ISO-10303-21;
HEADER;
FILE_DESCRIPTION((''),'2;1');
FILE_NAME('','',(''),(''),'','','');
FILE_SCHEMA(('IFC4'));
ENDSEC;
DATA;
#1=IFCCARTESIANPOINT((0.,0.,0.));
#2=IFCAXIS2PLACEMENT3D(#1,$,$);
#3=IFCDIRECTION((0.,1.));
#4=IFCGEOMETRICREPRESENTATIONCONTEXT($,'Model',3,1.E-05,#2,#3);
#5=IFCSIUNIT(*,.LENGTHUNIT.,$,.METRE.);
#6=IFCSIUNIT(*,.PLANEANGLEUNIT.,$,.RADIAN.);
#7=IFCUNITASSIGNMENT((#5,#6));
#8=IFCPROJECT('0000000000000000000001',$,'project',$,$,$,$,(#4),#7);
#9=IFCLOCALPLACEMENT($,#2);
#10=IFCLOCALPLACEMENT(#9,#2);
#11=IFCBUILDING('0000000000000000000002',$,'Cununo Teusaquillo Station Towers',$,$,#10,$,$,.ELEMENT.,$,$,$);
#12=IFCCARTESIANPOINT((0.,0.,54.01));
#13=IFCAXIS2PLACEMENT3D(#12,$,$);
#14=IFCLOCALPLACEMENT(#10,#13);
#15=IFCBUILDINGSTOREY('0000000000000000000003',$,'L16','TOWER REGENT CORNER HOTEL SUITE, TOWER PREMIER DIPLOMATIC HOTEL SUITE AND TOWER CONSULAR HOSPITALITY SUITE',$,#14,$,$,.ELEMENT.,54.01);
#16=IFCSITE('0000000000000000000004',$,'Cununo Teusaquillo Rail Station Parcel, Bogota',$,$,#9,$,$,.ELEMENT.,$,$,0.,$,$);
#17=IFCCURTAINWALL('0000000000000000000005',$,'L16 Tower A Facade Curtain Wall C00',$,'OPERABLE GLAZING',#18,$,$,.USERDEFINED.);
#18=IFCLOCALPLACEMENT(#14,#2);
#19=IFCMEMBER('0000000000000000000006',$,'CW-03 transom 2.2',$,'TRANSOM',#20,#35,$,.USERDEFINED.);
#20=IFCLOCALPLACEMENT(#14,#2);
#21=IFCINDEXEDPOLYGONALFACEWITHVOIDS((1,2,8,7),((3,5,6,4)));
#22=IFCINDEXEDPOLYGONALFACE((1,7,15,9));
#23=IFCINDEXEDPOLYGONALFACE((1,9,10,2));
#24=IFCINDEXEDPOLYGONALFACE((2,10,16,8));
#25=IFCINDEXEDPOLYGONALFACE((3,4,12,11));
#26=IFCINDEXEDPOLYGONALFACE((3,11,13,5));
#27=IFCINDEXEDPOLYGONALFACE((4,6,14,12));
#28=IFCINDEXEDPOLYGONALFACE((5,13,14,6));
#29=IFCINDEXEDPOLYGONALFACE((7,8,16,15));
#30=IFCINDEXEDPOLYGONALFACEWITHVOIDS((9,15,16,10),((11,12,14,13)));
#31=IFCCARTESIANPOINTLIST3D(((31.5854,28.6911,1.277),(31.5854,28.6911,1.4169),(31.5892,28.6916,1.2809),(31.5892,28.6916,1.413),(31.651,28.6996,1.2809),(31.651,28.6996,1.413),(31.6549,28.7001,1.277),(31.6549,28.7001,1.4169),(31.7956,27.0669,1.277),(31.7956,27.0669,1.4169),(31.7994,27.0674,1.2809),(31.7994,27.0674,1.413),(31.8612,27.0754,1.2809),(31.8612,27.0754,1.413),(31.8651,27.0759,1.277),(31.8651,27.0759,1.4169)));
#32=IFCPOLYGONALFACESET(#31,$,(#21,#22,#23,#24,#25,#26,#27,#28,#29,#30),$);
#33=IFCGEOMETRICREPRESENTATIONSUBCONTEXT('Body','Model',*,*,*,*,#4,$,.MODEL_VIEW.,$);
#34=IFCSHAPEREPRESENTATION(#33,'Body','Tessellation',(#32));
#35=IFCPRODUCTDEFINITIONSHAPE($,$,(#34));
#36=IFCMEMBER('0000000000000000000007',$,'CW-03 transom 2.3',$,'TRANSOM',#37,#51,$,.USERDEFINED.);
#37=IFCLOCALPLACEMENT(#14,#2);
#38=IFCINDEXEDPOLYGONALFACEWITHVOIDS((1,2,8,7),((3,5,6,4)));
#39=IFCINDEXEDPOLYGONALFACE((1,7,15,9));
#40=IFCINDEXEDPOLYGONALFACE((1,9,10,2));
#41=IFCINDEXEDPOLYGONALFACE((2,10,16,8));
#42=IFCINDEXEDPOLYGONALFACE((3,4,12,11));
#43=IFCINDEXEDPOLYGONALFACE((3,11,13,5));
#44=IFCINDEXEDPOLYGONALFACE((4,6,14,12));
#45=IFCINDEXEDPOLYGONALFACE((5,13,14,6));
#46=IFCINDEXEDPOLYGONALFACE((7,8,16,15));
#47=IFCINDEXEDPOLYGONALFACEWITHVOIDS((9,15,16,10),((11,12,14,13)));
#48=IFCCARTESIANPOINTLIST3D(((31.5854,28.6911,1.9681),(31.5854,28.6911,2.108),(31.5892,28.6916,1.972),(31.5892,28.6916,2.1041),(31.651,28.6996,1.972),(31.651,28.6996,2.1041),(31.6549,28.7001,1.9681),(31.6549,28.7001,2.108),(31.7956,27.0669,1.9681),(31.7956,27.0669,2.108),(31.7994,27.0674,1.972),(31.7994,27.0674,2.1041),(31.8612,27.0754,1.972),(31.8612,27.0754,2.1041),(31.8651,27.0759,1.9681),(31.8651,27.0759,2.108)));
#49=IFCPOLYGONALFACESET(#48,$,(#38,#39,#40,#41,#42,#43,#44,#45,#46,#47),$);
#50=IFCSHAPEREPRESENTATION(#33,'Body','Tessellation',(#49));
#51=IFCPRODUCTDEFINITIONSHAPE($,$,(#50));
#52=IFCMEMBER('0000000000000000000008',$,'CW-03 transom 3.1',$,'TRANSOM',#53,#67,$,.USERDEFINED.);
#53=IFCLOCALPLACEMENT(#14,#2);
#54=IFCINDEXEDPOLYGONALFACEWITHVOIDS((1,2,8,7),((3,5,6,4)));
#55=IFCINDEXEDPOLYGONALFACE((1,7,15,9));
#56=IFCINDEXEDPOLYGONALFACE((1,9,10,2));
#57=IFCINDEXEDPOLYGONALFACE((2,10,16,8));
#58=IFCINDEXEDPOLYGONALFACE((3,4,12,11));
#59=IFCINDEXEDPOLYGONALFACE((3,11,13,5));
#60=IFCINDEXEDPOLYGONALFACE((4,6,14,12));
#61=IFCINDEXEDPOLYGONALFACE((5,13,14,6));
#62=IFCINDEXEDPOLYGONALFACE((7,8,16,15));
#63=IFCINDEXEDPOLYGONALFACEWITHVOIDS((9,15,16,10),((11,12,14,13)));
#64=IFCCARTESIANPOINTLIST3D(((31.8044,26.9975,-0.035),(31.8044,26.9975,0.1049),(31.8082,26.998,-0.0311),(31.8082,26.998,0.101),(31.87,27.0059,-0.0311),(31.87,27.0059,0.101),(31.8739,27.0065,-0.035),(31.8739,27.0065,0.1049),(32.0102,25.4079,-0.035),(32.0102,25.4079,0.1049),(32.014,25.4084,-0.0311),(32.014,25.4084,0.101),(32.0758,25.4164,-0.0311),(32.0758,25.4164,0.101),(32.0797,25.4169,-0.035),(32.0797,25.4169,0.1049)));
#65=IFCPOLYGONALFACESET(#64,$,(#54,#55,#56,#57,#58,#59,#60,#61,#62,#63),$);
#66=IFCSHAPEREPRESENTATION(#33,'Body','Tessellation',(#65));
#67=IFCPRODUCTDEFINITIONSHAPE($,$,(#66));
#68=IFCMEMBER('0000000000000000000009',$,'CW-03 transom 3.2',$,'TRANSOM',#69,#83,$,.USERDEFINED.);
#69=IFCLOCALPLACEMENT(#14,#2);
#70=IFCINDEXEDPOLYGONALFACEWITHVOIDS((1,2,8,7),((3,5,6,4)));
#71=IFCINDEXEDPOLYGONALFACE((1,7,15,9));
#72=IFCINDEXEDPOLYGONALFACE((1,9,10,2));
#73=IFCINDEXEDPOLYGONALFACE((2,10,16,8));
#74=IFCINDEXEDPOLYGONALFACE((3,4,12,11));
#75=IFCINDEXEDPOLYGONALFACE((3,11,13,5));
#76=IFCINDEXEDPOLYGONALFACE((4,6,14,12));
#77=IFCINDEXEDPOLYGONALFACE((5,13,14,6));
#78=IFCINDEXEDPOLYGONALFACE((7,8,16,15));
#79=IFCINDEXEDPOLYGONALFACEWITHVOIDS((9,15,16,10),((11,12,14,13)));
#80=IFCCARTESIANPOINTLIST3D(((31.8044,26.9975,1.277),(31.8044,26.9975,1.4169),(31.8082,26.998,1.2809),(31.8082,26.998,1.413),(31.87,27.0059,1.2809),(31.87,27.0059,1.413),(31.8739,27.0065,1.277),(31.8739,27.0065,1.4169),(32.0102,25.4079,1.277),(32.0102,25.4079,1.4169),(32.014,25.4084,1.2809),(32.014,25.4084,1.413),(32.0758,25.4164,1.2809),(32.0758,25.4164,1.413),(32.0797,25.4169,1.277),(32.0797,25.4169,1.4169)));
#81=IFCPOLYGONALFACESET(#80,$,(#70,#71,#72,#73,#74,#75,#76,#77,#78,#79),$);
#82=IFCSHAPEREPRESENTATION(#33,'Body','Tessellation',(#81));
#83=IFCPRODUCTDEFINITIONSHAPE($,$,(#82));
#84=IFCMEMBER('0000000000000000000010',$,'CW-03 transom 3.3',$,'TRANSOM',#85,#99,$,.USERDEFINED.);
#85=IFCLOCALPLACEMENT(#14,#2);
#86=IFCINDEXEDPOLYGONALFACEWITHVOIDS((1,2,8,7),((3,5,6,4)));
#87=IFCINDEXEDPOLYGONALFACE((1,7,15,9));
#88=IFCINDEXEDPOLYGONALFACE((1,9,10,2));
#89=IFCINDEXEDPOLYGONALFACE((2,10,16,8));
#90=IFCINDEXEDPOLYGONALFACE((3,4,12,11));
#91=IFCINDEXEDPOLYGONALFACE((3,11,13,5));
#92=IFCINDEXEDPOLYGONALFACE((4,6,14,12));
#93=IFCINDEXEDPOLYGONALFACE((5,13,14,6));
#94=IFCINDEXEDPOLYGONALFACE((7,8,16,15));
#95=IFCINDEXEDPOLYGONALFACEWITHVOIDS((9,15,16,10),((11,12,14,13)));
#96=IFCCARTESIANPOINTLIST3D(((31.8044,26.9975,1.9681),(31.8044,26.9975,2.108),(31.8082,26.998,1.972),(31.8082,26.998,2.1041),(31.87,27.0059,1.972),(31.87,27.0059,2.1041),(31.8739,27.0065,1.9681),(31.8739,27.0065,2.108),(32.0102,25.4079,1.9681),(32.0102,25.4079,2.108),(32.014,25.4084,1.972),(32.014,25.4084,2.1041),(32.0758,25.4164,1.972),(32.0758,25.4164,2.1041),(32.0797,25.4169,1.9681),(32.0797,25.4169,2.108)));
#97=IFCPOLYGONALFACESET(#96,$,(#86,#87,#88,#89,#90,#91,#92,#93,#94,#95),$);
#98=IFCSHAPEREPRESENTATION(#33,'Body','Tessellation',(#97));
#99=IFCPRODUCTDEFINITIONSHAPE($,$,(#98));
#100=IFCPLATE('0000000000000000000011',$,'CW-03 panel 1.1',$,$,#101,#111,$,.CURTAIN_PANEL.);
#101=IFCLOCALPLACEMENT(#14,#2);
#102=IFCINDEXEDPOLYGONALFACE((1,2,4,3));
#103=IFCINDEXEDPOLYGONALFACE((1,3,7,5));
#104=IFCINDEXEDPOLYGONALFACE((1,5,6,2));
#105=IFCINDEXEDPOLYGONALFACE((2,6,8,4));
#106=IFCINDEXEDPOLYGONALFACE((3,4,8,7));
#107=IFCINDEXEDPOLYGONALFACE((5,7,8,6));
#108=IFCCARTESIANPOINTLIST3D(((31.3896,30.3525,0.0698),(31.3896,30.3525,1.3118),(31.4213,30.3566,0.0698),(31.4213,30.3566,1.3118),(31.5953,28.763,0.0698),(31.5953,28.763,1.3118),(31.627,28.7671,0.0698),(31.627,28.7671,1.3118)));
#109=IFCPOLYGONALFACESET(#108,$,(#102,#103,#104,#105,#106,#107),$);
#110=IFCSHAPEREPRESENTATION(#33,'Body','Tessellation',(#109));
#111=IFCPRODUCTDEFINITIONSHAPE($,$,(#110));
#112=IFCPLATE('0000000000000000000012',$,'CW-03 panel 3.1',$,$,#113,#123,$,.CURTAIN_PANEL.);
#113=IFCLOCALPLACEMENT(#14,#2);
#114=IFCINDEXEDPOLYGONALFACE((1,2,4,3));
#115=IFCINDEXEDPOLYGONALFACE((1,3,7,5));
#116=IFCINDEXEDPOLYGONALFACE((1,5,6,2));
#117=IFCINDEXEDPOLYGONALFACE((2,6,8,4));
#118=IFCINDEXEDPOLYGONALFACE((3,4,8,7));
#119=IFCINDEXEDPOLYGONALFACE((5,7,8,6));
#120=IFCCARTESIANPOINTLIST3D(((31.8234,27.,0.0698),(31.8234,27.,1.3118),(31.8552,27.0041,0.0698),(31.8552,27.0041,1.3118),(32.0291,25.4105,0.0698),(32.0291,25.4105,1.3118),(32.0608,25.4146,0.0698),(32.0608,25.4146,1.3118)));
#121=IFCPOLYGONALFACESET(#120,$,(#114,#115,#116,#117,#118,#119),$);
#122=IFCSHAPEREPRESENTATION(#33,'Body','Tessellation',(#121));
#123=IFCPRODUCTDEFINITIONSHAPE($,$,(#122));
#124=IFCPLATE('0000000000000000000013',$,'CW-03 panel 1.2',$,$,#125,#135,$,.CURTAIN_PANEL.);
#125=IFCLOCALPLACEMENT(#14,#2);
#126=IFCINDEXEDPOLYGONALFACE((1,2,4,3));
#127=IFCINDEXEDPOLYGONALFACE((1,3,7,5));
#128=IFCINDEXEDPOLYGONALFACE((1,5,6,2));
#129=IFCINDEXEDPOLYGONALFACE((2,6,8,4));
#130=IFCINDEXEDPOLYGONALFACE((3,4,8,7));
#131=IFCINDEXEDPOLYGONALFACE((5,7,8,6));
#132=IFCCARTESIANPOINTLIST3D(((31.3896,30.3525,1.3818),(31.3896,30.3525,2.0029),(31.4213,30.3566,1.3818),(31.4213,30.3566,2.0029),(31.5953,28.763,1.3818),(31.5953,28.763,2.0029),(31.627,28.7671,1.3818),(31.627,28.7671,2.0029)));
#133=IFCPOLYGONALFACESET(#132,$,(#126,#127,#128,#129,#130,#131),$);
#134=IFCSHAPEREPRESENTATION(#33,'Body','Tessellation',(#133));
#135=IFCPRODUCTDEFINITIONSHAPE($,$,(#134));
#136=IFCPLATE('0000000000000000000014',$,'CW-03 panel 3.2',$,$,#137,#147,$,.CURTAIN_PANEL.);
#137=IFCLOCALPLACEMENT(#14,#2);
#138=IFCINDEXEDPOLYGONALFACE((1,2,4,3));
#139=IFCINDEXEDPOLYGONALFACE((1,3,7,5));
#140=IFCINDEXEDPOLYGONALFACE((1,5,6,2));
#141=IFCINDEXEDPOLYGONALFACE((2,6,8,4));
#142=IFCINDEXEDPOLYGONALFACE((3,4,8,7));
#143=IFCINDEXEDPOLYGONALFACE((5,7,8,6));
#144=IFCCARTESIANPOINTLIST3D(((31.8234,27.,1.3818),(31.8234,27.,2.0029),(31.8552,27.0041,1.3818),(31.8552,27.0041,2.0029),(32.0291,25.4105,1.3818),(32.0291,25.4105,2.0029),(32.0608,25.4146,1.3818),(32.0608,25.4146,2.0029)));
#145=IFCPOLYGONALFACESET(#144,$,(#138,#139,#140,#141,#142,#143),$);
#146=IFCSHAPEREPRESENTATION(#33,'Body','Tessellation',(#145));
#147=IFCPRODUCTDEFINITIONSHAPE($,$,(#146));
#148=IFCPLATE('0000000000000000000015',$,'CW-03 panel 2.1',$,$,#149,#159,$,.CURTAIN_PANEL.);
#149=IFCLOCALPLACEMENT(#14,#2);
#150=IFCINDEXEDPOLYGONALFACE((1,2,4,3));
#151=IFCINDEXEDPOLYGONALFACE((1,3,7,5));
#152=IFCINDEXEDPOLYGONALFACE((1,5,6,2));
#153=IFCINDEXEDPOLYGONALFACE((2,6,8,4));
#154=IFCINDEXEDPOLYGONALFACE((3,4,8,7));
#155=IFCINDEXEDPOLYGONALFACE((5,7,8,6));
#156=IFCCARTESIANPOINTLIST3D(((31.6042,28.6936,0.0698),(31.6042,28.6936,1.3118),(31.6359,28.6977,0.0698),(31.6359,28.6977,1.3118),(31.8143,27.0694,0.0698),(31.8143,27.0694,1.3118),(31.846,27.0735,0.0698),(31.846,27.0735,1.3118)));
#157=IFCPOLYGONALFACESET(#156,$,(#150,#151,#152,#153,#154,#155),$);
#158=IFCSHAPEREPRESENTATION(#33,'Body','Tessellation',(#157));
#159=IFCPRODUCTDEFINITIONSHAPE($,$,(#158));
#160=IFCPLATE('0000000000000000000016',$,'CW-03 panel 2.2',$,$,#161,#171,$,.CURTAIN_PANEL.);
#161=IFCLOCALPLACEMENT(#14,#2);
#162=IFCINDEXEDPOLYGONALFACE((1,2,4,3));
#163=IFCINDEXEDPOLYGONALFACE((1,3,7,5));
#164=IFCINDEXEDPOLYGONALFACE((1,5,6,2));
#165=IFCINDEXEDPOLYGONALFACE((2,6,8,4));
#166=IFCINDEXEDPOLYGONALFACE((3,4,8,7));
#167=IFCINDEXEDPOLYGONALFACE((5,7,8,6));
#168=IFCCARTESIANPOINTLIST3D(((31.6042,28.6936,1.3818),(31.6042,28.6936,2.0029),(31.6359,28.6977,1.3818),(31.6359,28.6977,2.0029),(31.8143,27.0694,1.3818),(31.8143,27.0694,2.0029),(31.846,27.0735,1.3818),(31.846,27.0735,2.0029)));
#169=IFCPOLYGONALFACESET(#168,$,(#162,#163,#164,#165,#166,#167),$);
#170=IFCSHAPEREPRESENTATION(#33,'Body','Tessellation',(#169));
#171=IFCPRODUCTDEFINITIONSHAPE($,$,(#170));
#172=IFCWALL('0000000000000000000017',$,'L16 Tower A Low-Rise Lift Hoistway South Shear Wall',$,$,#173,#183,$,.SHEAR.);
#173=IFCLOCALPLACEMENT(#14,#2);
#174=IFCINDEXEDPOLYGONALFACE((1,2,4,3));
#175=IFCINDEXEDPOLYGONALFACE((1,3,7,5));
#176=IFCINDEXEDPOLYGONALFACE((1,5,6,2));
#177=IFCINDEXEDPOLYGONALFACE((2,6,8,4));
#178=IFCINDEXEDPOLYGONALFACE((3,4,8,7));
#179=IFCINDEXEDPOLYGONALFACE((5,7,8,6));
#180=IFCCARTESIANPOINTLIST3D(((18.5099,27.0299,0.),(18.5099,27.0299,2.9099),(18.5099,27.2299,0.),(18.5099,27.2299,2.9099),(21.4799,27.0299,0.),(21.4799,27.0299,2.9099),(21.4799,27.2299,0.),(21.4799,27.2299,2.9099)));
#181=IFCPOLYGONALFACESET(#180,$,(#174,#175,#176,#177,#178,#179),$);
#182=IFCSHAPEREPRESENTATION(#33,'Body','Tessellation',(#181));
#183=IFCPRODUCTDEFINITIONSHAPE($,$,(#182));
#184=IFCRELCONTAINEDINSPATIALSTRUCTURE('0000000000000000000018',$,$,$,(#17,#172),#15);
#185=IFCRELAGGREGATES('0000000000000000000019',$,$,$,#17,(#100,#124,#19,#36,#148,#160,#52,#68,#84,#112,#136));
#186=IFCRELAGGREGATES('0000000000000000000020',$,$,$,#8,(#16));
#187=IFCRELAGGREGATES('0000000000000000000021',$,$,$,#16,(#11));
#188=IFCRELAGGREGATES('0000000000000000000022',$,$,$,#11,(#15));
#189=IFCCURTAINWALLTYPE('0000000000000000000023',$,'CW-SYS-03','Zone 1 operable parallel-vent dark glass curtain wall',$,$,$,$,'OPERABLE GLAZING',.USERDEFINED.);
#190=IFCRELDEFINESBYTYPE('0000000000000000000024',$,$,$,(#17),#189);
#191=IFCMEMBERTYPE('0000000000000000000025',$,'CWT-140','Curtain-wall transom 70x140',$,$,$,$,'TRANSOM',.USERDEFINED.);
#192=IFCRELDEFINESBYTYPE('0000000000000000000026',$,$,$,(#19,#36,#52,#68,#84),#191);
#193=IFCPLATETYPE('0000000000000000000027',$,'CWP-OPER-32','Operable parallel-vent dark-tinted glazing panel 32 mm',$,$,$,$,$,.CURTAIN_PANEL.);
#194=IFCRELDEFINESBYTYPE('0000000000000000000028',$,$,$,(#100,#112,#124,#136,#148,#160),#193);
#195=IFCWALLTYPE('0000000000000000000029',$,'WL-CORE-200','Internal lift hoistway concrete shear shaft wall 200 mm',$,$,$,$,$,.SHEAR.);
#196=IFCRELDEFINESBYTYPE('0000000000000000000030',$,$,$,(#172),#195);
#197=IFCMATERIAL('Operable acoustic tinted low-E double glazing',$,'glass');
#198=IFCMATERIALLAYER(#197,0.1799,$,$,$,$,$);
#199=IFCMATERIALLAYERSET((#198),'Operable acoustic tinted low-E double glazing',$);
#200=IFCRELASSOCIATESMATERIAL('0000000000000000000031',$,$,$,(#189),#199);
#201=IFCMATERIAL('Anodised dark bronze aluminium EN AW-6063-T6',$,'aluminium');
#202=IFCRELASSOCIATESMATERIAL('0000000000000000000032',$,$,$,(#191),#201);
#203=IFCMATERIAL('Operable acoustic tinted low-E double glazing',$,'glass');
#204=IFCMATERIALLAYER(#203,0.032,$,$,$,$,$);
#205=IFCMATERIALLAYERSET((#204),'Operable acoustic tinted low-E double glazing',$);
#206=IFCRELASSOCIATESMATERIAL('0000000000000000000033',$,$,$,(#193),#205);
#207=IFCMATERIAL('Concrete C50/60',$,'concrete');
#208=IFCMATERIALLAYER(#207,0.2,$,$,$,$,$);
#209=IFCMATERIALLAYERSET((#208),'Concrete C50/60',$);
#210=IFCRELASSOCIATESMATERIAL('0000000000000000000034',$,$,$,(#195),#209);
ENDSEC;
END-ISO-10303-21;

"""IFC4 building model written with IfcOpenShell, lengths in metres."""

from ifc_helpers import new_model, si_unit, direction, frame, frame_2d, origin, origin_2d, place, context, subcontext, project, spatial, rectangle, hollow_rectangle, extrude, source, transform, mapped, material, layer, layer_set, material_profile, profile_set, type_object, element, aggregate, save


model = new_model("IFC4")

# Units and contexts
model_context = context("Model", 3, precision=1e-05, world=origin(), true_north=direction((0.0, 1.0)))
body_context = subcontext(model_context, "Body", "Model", "MODEL_VIEW")
ifc_project = project(units=[si_unit("LENGTHUNIT", "METRE"), si_unit("PLANEANGLEUNIT", "RADIAN")], contexts=[model_context])

# Site, building, storey
site_placement = place(None, origin())
site = spatial("IfcSite", under=ifc_project, at=site_placement, Name="Cununo Teusaquillo Rail Station Parcel, Bogota", CompositionType="ELEMENT", RefElevation=0.0)
building_placement = place(site_placement, origin())
building = spatial("IfcBuilding", under=site, at=building_placement, Name="Cununo Teusaquillo Station Towers", CompositionType="ELEMENT")
storey_placement = place(building_placement, frame((0.0, 0.0, 54.01)))
storey = spatial("IfcBuildingStorey", under=building, at=storey_placement, Name="L16", Description="TOWER REGENT CORNER HOTEL SUITE, TOWER PREMIER DIPLOMATIC HOTEL SUITE AND TOWER CONSULAR HOSPITALITY SUITE", CompositionType="ELEMENT", Elevation=54.01)

# Curtain wall, members, plates
ifc_material_1 = material(Name="Operable acoustic tinted low-E double glazing", Category="glass")
ifc_layer_1 = layer(ifc_material_1, 0.1799)
ifc_layer_set_1 = layer_set([ifc_layer_1], Name="Operable acoustic tinted low-E double glazing")
curtain_wall_type = type_object("IfcCurtainWallType", Name="CW-SYS-03", Description="Zone 1 operable parallel-vent dark glass curtain wall", ElementType="OPERABLE GLAZING", PredefinedType="USERDEFINED", material=ifc_layer_set_1)
curtain_wall_placement = place(storey_placement, origin())
curtain_wall = element("IfcCurtainWall", 1, at=curtain_wall_placement, inside=storey, type_object=curtain_wall_type, Name="L16 Tower A Facade Curtain Wall C00", ObjectType="OPERABLE GLAZING", PredefinedType="USERDEFINED")
ifc_material_2 = material(Name="Anodised dark bronze aluminium EN AW-6063-T6", Category="aluminium")
ifc_material_profile_1 = material_profile(ifc_material_2, hollow_rectangle(XDim=0.0701, YDim=0.1399, WallThickness=0.0039, at=origin_2d()), Name="CW-TRAN-70x140")
ifc_profile_set_1 = profile_set([ifc_material_profile_1], Name="Anodised dark bronze aluminium EN AW-6063-T6")
member_type_1 = type_object("IfcMemberType", Name="CWT-140", Description="Curtain-wall transom 70x140", ElementType="TRANSOM", PredefinedType="USERDEFINED", material=ifc_profile_set_1)
member_1_placement = place(storey_placement, frame((31.6201, 28.6956, 1.3469), z_axis=(0.128345, -0.99173, 0.0), x_axis=(0.99173, 0.128345, 0.0)))
member_1 = element("IfcMember", 2, at=member_1_placement, type_object=member_type_1, Name="CW-03 transom 2.2", ObjectType="TRANSOM", PredefinedType="USERDEFINED", context=body_context, shape_type="SweptSolid", body=[
    extrude(hollow_rectangle(XDim=0.0701, YDim=0.1399, WallThickness=0.0039, at=origin_2d()), origin(), (0.0, 0.0, 1.0), 1.6377),
])
member_2_placement = place(storey_placement, frame((31.6201, 28.6956, 2.0381), z_axis=(0.128345, -0.99173, 0.0), x_axis=(0.99173, 0.128345, 0.0)))
member_2 = element("IfcMember", 3, at=member_2_placement, type_object=member_type_1, Name="CW-03 transom 2.3", ObjectType="TRANSOM", PredefinedType="USERDEFINED", context=body_context, shape_type="SweptSolid", body=[
    extrude(hollow_rectangle(XDim=0.0701, YDim=0.1399, WallThickness=0.0039, at=origin_2d()), origin(), (0.0, 0.0, 1.0), 1.6377),
])
member_3_placement = place(storey_placement, frame((31.8391, 27.002, 0.0349), z_axis=(0.128401, -0.991722, 0.0), x_axis=(0.991722, 0.128401, 0.0)))
member_3 = element("IfcMember", 4, at=member_3_placement, type_object=member_type_1, Name="CW-03 transom 3.1", ObjectType="TRANSOM", PredefinedType="USERDEFINED", context=body_context, shape_type="SweptSolid", body=[
    extrude(hollow_rectangle(XDim=0.0701, YDim=0.1399, WallThickness=0.0039, at=origin_2d()), origin(), (0.0, 0.0, 1.0), 1.6028),
])
member_4_placement = place(storey_placement, frame((31.8391, 27.002, 1.3469), z_axis=(0.128401, -0.991722, 0.0), x_axis=(0.991722, 0.128401, 0.0)))
member_4 = element("IfcMember", 5, at=member_4_placement, type_object=member_type_1, Name="CW-03 transom 3.2", ObjectType="TRANSOM", PredefinedType="USERDEFINED", context=body_context, shape_type="SweptSolid", body=[
    extrude(hollow_rectangle(XDim=0.0701, YDim=0.1399, WallThickness=0.0039, at=origin_2d()), origin(), (0.0, 0.0, 1.0), 1.6028),
])
member_5_placement = place(storey_placement, frame((31.8391, 27.002, 2.0381), z_axis=(0.128401, -0.991722, 0.0), x_axis=(0.991722, 0.128401, 0.0)))
member_5 = element("IfcMember", 6, at=member_5_placement, type_object=member_type_1, Name="CW-03 transom 3.3", ObjectType="TRANSOM", PredefinedType="USERDEFINED", context=body_context, shape_type="SweptSolid", body=[
    extrude(hollow_rectangle(XDim=0.0701, YDim=0.1399, WallThickness=0.0039, at=origin_2d()), origin(), (0.0, 0.0, 1.0), 1.6028),
])
ifc_material_3 = material(Name="Operable acoustic tinted low-E double glazing", Category="glass")
ifc_layer_2 = layer(ifc_material_3, 0.032)
ifc_layer_set_2 = layer_set([ifc_layer_2], Name="Operable acoustic tinted low-E double glazing")
plate_type = type_object("IfcPlateType", Name="CWP-OPER-32", Description="Operable parallel-vent dark-tinted glazing panel 32 mm", PredefinedType="CURTAIN_PANEL", material=ifc_layer_set_2)
shared_shape_1 = source(origin(), body_context, "Body", "SweptSolid", [
    extrude(rectangle(XDim=1.6028, YDim=0.032, at=origin_2d()), origin(), (0.0, 0.0, 1.0), 1.2419),
])
plate_1_placement = place(storey_placement, frame((31.5083, 29.5598, 0.0698), z_axis=(0.0, 0.0, 1.0), x_axis=(0.128336, -0.991731, 0.0)))
plate_1 = element("IfcPlate", 7, at=plate_1_placement, type_object=plate_type, Name="CW-03 panel 1.1", PredefinedType="CURTAIN_PANEL", context=body_context, shape_type="MappedRepresentation", body=[
    mapped(shared_shape_1, transform((0.0, 0.0, 0.0), x_axis=(1.0, 0.0, 0.0), y_axis=(0.0, 1.0, 0.0), z_axis=(0.0, 0.0, 1.0), scale=1.0)),
])
plate_2_placement = place(storey_placement, frame((31.9421, 26.2073, 0.0698), z_axis=(0.0, 0.0, 1.0), x_axis=(0.128336, -0.991731, 0.0)))
plate_2 = element("IfcPlate", 8, at=plate_2_placement, type_object=plate_type, Name="CW-03 panel 3.1", PredefinedType="CURTAIN_PANEL", context=body_context, shape_type="MappedRepresentation", body=[
    mapped(shared_shape_1, transform((0.0, 0.0, 0.0), x_axis=(1.0, 0.0, 0.0), y_axis=(0.0, 1.0, 0.0), z_axis=(0.0, 0.0, 1.0), scale=1.0)),
])
shared_shape_2 = source(origin(), body_context, "Body", "SweptSolid", [
    extrude(rectangle(XDim=1.6028, YDim=0.032, at=origin_2d()), origin(), (0.0, 0.0, 1.0), 0.6211),
])
plate_3_placement = place(storey_placement, frame((31.5083, 29.5598, 1.3818), z_axis=(0.0, 0.0, 1.0), x_axis=(0.128336, -0.991731, 0.0)))
plate_3 = element("IfcPlate", 9, at=plate_3_placement, type_object=plate_type, Name="CW-03 panel 1.2", PredefinedType="CURTAIN_PANEL", context=body_context, shape_type="MappedRepresentation", body=[
    mapped(shared_shape_2, transform((0.0, 0.0, 0.0), x_axis=(1.0, 0.0, 0.0), y_axis=(0.0, 1.0, 0.0), z_axis=(0.0, 0.0, 1.0), scale=1.0)),
])
plate_4_placement = place(storey_placement, frame((31.9421, 26.2073, 1.3818), z_axis=(0.0, 0.0, 1.0), x_axis=(0.128336, -0.991731, 0.0)))
plate_4 = element("IfcPlate", 10, at=plate_4_placement, type_object=plate_type, Name="CW-03 panel 3.2", PredefinedType="CURTAIN_PANEL", context=body_context, shape_type="MappedRepresentation", body=[
    mapped(shared_shape_2, transform((0.0, 0.0, 0.0), x_axis=(1.0, 0.0, 0.0), y_axis=(0.0, 1.0, 0.0), z_axis=(0.0, 0.0, 1.0), scale=1.0)),
])
shared_shape_3 = source(origin(), body_context, "Body", "SweptSolid", [
    extrude(rectangle(XDim=1.6377, YDim=0.032, at=origin_2d()), origin(), (0.0, 0.0, 1.0), 1.2419),
])
plate_5_placement = place(storey_placement, frame((31.7251, 27.8835, 0.0698), z_axis=(0.0, 0.0, 1.0), x_axis=(0.128336, -0.991731, 0.0)))
plate_5 = element("IfcPlate", 11, at=plate_5_placement, type_object=plate_type, Name="CW-03 panel 2.1", PredefinedType="CURTAIN_PANEL", context=body_context, shape_type="MappedRepresentation", body=[
    mapped(shared_shape_3, transform((0.0, 0.0, 0.0), x_axis=(1.0, 0.0, 0.0), y_axis=(0.0, 1.0, 0.0), z_axis=(0.0, 0.0, 1.0), scale=1.0)),
])
shared_shape_4 = source(origin(), body_context, "Body", "SweptSolid", [
    extrude(rectangle(XDim=1.6377, YDim=0.032, at=origin_2d()), origin(), (0.0, 0.0, 1.0), 0.6211),
])
plate_6_placement = place(storey_placement, frame((31.7251, 27.8835, 1.3818), z_axis=(0.0, 0.0, 1.0), x_axis=(0.128336, -0.991731, 0.0)))
plate_6 = element("IfcPlate", 12, at=plate_6_placement, type_object=plate_type, Name="CW-03 panel 2.2", PredefinedType="CURTAIN_PANEL", context=body_context, shape_type="MappedRepresentation", body=[
    mapped(shared_shape_4, transform((0.0, 0.0, 0.0), x_axis=(1.0, 0.0, 0.0), y_axis=(0.0, 1.0, 0.0), z_axis=(0.0, 0.0, 1.0), scale=1.0)),
])
aggregate(curtain_wall, [plate_1, plate_3, member_1, member_2, plate_5, plate_6, member_3, member_4, member_5, plate_2, plate_4])

# Wall
ifc_material_4 = material(Name="Concrete C50/60", Category="concrete")
ifc_layer_3 = layer(ifc_material_4, 0.2)
ifc_layer_set_3 = layer_set([ifc_layer_3], Name="Concrete C50/60")
wall_type_1 = type_object("IfcWallType", Name="WL-CORE-200", Description="Internal lift hoistway concrete shear shaft wall 200 mm", PredefinedType="SHEAR", material=ifc_layer_set_3)
for number, where, z_axis, x_axis, name in (
    (13, (18.51, 27.1299, 0.0), (0.0, 0.0, 1.0), (1.0, 0.0, 0.0), "L16 Tower A Low-Rise Lift Hoistway South Shear Wall"),
):
    element("IfcWall", number, at=place(storey_placement, frame(where, z_axis=z_axis, x_axis=x_axis)), inside=storey, type_object=wall_type_1, Name=name, PredefinedType="SHEAR", context=body_context, shape_type="SweptSolid", body=[
        extrude(rectangle(XDim=2.97, YDim=0.2, at=frame_2d((1.4849, 0.0))), origin(), (0.0, 0.0, 1.0), 2.9099),
    ])

save(model, "model.ifc")
